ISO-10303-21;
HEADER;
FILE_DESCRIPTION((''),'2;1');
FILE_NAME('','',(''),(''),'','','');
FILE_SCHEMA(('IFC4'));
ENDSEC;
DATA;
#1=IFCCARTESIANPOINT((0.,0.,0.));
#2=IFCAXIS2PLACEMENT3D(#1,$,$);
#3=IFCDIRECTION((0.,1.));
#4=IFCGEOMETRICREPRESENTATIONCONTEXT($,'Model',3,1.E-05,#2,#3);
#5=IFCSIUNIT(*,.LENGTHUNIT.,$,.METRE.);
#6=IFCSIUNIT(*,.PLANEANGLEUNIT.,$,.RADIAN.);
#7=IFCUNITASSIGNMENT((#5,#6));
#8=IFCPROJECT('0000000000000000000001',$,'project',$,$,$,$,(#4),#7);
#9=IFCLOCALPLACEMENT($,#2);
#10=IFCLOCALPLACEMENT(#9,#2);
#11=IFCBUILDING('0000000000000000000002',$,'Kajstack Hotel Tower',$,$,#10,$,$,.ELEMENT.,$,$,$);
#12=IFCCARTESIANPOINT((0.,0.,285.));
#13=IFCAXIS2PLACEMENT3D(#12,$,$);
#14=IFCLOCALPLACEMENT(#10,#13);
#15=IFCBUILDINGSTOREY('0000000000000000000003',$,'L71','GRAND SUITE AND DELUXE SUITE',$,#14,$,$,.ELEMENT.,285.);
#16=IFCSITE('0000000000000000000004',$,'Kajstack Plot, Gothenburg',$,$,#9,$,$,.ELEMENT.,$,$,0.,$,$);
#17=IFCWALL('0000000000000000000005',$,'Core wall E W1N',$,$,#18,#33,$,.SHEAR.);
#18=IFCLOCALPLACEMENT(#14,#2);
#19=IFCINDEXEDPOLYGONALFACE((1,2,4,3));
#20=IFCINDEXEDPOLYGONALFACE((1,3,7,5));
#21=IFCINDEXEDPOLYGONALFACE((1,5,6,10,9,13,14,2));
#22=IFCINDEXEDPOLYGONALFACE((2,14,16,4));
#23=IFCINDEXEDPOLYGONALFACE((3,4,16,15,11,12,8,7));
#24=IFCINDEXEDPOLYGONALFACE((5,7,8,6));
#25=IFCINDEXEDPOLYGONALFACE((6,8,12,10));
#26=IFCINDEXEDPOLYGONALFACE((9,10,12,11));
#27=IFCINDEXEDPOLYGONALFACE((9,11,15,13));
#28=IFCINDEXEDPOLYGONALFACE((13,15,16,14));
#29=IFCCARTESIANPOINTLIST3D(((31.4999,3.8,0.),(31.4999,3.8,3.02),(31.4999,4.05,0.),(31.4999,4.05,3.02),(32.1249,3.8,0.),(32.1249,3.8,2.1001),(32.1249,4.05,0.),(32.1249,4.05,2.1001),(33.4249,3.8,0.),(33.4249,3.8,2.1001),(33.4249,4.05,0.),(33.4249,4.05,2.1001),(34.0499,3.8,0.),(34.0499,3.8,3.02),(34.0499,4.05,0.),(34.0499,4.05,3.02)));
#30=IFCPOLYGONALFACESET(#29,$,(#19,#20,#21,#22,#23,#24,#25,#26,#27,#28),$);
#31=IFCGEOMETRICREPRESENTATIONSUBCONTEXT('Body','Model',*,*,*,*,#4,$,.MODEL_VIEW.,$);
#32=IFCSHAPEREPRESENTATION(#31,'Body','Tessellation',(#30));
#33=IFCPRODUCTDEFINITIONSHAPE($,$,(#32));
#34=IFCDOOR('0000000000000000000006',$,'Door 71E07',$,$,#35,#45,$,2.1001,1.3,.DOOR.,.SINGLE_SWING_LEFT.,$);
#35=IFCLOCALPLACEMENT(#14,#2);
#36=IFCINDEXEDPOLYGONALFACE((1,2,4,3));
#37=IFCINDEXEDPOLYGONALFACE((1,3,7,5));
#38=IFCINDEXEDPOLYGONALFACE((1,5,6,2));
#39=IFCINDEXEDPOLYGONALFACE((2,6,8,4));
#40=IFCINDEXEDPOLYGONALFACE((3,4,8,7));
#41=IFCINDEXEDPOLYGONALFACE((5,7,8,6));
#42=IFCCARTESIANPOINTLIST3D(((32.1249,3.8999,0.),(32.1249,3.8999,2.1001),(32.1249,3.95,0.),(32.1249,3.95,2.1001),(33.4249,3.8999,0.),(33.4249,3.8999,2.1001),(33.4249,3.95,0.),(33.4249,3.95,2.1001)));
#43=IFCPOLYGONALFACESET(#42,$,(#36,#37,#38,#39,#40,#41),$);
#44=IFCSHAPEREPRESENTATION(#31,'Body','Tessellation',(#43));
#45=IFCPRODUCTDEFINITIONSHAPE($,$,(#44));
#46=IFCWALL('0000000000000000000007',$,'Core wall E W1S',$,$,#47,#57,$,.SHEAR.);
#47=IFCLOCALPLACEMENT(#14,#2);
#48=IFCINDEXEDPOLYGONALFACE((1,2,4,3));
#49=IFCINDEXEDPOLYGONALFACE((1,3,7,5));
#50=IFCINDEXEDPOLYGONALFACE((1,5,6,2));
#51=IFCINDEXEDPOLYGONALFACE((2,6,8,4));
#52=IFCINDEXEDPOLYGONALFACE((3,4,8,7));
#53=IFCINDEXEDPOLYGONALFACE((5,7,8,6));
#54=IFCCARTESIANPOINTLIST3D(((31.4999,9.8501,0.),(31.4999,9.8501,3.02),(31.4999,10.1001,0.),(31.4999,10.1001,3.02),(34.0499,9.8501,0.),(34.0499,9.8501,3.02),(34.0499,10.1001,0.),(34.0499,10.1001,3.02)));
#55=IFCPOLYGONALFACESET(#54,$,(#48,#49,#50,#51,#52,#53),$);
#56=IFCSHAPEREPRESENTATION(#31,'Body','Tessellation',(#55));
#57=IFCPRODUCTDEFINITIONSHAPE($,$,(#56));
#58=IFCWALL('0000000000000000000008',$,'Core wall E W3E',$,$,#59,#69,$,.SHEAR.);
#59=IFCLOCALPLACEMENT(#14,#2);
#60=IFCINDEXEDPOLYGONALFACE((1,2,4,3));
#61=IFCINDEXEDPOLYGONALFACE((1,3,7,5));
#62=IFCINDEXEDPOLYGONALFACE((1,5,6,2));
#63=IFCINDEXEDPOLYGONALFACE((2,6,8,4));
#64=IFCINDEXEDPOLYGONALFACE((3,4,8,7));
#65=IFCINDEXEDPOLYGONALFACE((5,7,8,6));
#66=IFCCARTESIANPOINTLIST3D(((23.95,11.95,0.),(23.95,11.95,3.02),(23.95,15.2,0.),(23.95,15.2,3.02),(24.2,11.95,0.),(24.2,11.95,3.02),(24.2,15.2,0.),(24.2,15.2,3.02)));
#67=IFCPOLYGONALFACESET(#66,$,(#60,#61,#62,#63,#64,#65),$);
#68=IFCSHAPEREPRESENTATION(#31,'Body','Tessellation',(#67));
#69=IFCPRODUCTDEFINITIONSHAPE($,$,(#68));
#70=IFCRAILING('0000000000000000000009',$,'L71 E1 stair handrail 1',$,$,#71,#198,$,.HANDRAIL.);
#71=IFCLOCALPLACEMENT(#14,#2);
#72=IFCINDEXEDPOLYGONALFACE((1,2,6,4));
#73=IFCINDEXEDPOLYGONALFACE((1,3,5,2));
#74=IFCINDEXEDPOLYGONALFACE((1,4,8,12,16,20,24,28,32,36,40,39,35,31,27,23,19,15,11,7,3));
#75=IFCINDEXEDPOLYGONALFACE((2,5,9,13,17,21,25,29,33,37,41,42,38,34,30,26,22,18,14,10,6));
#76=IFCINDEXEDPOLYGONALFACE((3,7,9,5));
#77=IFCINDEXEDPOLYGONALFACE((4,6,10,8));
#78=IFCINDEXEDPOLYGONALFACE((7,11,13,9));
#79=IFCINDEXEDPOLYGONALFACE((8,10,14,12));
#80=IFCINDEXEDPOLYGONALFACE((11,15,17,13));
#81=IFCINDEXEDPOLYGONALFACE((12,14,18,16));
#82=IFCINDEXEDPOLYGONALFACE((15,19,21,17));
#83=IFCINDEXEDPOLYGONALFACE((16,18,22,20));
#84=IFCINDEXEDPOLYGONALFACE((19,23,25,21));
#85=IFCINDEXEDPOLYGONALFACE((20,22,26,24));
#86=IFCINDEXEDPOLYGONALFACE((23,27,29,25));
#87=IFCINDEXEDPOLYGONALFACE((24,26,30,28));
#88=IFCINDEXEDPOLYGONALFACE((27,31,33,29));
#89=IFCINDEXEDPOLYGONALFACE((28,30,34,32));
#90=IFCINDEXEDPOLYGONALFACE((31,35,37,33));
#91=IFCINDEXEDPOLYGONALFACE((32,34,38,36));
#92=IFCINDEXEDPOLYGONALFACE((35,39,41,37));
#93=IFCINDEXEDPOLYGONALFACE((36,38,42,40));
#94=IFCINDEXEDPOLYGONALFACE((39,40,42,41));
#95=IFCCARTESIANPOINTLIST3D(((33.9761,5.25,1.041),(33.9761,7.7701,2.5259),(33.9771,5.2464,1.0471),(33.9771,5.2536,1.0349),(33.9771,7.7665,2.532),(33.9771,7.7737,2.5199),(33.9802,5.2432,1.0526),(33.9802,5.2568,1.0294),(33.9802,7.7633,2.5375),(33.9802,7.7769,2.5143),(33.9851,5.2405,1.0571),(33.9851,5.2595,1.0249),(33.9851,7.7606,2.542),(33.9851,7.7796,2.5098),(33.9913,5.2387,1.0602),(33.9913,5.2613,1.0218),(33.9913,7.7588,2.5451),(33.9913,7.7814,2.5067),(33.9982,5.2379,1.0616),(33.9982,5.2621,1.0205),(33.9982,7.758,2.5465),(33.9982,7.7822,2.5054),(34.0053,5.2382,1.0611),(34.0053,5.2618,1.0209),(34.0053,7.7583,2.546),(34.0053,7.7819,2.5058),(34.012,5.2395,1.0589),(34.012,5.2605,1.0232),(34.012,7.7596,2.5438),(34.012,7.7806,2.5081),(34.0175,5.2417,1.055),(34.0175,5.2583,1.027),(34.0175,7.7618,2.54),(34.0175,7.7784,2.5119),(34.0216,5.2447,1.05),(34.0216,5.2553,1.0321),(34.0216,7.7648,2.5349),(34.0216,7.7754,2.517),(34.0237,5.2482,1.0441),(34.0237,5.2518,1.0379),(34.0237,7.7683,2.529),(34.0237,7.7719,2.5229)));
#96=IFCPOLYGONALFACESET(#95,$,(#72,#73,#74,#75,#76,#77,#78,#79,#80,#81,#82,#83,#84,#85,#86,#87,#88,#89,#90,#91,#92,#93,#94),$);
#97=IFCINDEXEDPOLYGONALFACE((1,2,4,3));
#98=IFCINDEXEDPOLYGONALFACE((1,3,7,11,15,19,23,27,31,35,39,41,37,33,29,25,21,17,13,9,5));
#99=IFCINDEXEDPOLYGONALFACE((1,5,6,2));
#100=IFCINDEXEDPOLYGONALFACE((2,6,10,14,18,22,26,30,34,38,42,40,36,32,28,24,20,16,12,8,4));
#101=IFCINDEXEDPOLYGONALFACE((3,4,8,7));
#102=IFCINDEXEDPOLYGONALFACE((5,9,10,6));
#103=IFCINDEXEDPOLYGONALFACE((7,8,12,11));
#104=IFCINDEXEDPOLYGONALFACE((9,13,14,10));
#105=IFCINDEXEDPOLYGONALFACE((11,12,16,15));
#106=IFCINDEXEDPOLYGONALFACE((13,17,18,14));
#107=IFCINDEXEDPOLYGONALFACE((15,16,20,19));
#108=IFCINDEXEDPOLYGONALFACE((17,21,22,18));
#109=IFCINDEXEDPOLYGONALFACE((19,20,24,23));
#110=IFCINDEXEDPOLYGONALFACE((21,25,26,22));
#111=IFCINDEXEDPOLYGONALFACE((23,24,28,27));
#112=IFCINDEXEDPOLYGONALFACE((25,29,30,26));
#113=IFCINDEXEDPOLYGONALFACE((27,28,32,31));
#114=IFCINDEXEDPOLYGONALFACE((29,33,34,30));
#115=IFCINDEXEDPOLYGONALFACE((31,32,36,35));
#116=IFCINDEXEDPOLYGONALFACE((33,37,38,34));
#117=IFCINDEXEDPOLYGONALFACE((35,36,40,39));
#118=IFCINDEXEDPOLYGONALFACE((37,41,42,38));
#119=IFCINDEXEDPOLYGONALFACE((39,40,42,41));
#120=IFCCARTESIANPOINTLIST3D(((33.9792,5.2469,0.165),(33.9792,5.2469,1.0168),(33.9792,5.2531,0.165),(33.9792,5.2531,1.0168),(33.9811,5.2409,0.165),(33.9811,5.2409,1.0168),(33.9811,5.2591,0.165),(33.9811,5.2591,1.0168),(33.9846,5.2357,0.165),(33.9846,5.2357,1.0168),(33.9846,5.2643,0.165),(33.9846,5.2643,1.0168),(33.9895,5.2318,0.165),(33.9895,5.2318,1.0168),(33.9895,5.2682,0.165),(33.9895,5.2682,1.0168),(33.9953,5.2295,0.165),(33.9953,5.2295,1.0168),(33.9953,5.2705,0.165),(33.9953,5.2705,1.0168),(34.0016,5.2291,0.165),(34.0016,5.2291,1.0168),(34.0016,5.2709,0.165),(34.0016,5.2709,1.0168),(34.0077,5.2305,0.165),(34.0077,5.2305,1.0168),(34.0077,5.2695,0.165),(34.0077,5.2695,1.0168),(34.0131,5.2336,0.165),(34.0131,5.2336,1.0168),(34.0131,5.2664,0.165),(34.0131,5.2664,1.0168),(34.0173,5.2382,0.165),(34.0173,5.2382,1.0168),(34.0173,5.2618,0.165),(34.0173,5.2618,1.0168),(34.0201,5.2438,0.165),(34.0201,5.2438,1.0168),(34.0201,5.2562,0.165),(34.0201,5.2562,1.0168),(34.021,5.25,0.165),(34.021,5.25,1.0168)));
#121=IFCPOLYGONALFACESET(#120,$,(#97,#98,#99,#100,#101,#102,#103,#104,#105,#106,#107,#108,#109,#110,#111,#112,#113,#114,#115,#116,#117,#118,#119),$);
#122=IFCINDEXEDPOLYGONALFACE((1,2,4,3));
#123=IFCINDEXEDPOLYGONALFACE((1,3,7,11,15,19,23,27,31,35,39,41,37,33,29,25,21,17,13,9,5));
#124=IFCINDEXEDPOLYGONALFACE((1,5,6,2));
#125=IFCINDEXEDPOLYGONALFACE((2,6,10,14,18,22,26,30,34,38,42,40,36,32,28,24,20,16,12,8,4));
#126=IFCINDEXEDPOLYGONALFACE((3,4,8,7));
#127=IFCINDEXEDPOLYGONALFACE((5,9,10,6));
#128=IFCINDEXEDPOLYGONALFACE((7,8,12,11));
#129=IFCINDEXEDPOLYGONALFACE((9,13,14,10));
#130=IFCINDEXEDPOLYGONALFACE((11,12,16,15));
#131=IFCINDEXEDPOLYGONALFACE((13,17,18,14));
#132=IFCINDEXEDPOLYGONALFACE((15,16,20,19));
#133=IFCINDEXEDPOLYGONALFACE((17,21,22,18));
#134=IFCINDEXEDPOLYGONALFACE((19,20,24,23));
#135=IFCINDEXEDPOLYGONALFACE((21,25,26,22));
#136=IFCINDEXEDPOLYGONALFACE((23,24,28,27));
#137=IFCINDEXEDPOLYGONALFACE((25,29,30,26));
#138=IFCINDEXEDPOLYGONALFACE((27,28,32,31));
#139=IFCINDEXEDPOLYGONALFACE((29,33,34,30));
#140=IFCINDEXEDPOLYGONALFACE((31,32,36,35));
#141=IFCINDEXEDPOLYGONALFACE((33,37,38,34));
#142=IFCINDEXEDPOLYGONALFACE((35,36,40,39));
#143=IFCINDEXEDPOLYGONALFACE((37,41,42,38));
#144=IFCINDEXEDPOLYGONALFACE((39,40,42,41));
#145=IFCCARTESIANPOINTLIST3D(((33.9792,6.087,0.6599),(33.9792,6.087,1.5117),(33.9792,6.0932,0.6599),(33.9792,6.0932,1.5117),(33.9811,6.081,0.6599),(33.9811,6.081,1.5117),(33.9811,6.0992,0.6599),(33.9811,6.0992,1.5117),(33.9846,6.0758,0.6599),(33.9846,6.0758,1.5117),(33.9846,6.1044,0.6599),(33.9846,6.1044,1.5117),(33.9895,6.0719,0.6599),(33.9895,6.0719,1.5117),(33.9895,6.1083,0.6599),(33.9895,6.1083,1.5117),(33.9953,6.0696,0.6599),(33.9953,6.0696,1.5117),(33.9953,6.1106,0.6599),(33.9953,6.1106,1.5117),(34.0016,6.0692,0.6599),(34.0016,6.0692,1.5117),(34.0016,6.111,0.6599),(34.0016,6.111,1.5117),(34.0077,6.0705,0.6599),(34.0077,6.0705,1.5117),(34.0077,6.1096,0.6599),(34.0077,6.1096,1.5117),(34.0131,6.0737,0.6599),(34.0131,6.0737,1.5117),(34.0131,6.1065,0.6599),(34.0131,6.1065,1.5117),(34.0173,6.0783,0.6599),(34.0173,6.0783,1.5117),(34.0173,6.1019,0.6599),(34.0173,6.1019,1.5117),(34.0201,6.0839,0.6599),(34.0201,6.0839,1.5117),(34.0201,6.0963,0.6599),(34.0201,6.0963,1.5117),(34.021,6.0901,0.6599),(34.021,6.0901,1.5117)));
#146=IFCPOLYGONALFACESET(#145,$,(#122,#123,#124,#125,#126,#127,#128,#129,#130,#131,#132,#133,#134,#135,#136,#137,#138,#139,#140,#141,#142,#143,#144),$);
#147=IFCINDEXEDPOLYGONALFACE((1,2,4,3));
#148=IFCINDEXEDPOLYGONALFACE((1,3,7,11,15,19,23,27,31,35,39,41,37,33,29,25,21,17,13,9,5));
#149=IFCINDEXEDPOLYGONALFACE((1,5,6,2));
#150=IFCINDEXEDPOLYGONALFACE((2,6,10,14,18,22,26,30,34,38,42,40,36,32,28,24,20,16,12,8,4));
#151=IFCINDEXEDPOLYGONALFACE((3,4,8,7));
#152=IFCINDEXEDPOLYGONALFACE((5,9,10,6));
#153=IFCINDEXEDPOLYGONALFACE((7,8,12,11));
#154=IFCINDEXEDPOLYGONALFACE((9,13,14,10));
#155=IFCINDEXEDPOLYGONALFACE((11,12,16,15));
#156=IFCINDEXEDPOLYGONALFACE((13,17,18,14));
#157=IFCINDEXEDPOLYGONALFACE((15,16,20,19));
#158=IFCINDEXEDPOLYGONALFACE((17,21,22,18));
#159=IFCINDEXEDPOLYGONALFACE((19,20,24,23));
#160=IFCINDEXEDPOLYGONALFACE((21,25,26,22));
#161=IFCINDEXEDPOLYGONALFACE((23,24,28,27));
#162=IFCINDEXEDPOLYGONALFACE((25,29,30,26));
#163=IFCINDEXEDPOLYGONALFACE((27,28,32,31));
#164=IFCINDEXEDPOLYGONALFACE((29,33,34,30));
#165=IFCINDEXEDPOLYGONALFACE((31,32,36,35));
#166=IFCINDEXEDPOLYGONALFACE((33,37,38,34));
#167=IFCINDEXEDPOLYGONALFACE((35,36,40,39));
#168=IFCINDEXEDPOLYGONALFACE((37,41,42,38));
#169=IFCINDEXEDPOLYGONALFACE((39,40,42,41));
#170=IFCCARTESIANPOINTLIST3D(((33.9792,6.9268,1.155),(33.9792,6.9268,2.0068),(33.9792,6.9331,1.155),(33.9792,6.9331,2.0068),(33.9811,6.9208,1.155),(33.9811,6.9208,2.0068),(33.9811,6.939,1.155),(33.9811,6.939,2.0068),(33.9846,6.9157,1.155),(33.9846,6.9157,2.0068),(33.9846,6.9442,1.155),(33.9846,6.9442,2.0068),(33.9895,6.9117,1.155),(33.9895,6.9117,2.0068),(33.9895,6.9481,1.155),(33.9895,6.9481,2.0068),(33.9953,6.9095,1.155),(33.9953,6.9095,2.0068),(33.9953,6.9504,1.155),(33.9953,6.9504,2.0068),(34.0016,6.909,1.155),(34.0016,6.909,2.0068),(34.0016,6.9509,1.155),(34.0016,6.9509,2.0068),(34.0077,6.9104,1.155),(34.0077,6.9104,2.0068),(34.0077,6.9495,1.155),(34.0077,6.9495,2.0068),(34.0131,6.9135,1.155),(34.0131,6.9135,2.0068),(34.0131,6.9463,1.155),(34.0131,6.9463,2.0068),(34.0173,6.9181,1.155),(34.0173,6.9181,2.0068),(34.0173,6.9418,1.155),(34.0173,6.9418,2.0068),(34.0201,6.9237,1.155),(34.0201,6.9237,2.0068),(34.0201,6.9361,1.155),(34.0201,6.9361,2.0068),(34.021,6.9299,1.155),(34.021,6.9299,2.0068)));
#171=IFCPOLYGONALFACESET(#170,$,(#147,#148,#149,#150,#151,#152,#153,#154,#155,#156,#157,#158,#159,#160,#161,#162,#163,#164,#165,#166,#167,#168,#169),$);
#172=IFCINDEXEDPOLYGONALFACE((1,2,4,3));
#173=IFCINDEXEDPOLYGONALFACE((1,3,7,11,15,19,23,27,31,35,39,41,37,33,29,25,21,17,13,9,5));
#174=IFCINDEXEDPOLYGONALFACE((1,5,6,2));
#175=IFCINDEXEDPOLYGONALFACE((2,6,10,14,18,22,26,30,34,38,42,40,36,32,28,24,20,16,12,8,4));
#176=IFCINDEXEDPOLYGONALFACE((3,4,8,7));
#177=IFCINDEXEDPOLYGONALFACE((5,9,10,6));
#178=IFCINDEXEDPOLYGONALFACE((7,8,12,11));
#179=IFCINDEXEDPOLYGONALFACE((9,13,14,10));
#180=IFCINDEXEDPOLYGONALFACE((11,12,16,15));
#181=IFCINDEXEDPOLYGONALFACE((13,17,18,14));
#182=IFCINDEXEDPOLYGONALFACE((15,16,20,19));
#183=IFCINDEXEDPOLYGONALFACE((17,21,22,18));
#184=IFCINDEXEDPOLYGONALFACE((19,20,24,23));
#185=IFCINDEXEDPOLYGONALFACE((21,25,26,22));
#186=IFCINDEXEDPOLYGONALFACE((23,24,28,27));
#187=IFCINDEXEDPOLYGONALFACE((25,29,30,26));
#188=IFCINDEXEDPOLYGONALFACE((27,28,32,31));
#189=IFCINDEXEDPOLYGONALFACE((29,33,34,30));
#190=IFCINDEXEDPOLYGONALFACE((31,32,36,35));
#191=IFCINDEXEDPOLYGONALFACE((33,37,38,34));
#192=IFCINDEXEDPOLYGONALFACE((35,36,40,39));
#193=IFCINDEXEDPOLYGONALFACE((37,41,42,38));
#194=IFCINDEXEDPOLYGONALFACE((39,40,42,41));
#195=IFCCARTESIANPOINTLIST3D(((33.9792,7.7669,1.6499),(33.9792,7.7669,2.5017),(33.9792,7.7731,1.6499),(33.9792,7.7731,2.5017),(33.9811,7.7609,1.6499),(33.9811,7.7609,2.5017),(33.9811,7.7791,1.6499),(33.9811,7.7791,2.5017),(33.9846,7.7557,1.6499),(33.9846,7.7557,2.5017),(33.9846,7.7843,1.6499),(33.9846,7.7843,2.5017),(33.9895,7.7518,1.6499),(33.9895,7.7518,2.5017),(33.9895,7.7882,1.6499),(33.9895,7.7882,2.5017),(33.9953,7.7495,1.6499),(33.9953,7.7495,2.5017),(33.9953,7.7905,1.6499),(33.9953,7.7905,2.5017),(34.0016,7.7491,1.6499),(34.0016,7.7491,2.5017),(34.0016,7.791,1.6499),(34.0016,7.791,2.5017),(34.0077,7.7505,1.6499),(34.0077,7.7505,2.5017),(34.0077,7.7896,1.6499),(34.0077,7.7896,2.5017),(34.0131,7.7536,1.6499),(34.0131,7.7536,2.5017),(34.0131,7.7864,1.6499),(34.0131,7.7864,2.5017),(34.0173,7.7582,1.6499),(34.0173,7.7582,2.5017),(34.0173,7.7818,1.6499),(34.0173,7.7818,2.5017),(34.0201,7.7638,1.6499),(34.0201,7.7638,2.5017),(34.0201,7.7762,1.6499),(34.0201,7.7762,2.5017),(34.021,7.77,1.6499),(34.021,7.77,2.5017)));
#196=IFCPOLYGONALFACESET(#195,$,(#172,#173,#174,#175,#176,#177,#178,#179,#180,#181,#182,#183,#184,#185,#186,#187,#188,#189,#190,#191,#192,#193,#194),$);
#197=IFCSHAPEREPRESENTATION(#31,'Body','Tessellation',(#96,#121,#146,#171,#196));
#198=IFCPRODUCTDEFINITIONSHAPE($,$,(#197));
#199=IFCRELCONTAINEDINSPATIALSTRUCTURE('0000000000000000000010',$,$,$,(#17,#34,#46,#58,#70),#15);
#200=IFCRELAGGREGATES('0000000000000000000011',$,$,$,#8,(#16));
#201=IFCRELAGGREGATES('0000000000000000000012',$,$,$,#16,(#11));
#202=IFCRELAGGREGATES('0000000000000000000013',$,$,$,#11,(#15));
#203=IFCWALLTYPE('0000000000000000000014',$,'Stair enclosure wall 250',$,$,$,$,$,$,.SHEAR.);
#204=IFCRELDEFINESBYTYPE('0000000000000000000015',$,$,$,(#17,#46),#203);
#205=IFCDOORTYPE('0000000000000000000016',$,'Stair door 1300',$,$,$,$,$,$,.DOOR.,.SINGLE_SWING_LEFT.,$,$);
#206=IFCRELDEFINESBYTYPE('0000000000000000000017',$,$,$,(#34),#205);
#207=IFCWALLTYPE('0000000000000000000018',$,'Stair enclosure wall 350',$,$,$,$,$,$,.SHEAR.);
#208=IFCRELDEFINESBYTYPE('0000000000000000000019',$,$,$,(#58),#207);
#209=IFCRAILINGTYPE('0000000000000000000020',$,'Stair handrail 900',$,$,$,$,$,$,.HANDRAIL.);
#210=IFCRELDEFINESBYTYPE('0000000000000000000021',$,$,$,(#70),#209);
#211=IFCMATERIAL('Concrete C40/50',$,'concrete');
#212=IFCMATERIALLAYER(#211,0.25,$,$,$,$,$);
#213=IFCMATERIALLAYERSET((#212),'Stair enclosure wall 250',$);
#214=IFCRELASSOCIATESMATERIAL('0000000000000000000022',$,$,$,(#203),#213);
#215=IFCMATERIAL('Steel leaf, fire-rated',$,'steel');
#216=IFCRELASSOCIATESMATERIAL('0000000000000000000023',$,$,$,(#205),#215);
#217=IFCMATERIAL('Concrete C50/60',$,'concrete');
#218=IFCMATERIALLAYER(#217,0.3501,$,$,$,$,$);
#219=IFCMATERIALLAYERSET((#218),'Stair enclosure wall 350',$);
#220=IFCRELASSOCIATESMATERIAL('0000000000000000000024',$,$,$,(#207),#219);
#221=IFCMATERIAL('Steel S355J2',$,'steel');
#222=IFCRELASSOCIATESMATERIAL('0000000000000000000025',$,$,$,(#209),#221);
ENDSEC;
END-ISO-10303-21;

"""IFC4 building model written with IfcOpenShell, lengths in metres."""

from ifc_helpers import new_model, si_unit, direction, frame, frame_2d, origin, origin_2d, place, context, subcontext, project, spatial, rectangle, circle, extrude, material, layer, layer_set, type_object, element, fill, save


model = new_model("IFC4")

# Units and contexts
model_context = context("Model", 3, precision=1e-05, world=origin(), true_north=direction((0.0, 1.0)))
body_context = subcontext(model_context, "Body", "Model", "MODEL_VIEW")
ifc_project = project(units=[si_unit("LENGTHUNIT", "METRE"), si_unit("PLANEANGLEUNIT", "RADIAN")], contexts=[model_context])

# Site, building, storey
site_placement = place(None, origin())
site = spatial("IfcSite", under=ifc_project, at=site_placement, Name="Kajstack Plot, Gothenburg", CompositionType="ELEMENT", RefElevation=0.0)
building_placement = place(site_placement, origin())
building = spatial("IfcBuilding", under=site, at=building_placement, Name="Kajstack Hotel Tower", CompositionType="ELEMENT")
storey_placement = place(building_placement, frame((0.0, 0.0, 285.0)))
storey = spatial("IfcBuildingStorey", under=building, at=storey_placement, Name="L71", Description="GRAND SUITE AND DELUXE SUITE", CompositionType="ELEMENT", Elevation=285.0)

# Shared definitions
ifc_material_1 = material(Name="Concrete C40/50", Category="concrete")
ifc_material_2 = material(Name="Concrete C50/60", Category="concrete")

# Wall, opening, door
ifc_layer_1 = layer(ifc_material_1, 0.25)
ifc_layer_set_1 = layer_set([ifc_layer_1], Name="Stair enclosure wall 250")
wall_type_1 = type_object("IfcWallType", Name="Stair enclosure wall 250", PredefinedType="SHEAR", material=ifc_layer_set_1)
wall_1_placement = place(storey_placement, frame((31.5, 3.925, 0.0), z_axis=(0.0, 0.0, 1.0), x_axis=(1.0, 0.0, 0.0)))
wall_1 = element("IfcWall", 1, at=wall_1_placement, inside=storey, type_object=wall_type_1, Name="Core wall E W1N", PredefinedType="SHEAR", context=body_context, shape_type="SweptSolid", body=[
    extrude(rectangle(XDim=2.55, YDim=0.25, at=frame_2d((1.2749, 0.0))), origin(), (0.0, 0.0, 1.0), 3.02),
])
opening_1_placement = place(wall_1_placement, frame((0.625, 0.0, 0.0)))
opening_1 = element("IfcOpeningElement", 2, at=opening_1_placement, cuts=wall_1, PredefinedType="OPENING", context=body_context, shape_type="SweptSolid", body=[
    extrude(rectangle(XDim=1.3, YDim=2.1001, at=frame_2d((0.6499, 1.05))), frame((0.0, 0.135, 0.0), z_axis=(0.0, -1.0, 0.0), x_axis=(1.0, 0.0, 0.0)), (0.0, 0.0, 1.0), 0.27),
])
ifc_material_3 = material(Name="Steel leaf, fire-rated", Category="steel")
door_type_1 = type_object("IfcDoorType", Name="Stair door 1300", OperationType="SINGLE_SWING_LEFT", PredefinedType="DOOR", material=ifc_material_3)
door_1_placement = place(opening_1_placement, origin())
door_1 = element("IfcDoor", 3, at=door_1_placement, inside=storey, type_object=door_type_1, Name="Door 71E07", OperationType="SINGLE_SWING_LEFT", OverallHeight=2.1001, OverallWidth=1.3, PredefinedType="DOOR", context=body_context, shape_type="SweptSolid", body=[
    extrude(rectangle(XDim=1.3, YDim=2.1001, at=frame_2d((0.6499, 1.05))), frame((0.0, 0.0249, 0.0), z_axis=(0.0, -1.0, 0.0), x_axis=(1.0, 0.0, 0.0)), (0.0, 0.0, 1.0), 0.05),
])
fill(opening_1, door_1)

# Walls
wall_2_placement = place(storey_placement, frame((31.5, 9.9751, 0.0), z_axis=(0.0, 0.0, 1.0), x_axis=(1.0, 0.0, 0.0)))
element("IfcWall", 4, at=wall_2_placement, inside=storey, type_object=wall_type_1, Name="Core wall E W1S", PredefinedType="SHEAR", context=body_context, shape_type="SweptSolid", body=[
    extrude(rectangle(XDim=2.55, YDim=0.25, at=frame_2d((1.2749, 0.0))), origin(), (0.0, 0.0, 1.0), 3.02),
])
ifc_layer_2 = layer(ifc_material_2, 0.3501)
ifc_layer_set_2 = layer_set([ifc_layer_2], Name="Stair enclosure wall 350")
wall_type_2 = type_object("IfcWallType", Name="Stair enclosure wall 350", PredefinedType="SHEAR", material=ifc_layer_set_2)
wall_3_placement = place(storey_placement, frame((24.075, 11.95, 0.0), z_axis=(0.0, 0.0, 1.0), x_axis=(0.0, 1.0, 0.0)))
element("IfcWall", 5, at=wall_3_placement, inside=storey, type_object=wall_type_2, Name="Core wall E W3E", PredefinedType="SHEAR", context=body_context, shape_type="SweptSolid", body=[
    extrude(rectangle(XDim=3.25, YDim=0.25, at=frame_2d((1.625, 0.0))), origin(), (0.0, 0.0, 1.0), 3.02),
])

# Railing
ifc_material_4 = material(Name="Steel S355J2", Category="steel")
railing_type_1 = type_object("IfcRailingType", Name="Stair handrail 900", PredefinedType="HANDRAIL", material=ifc_material_4)
railing_1_placement = place(storey_placement, frame((34.0, 5.25, 0.165)))
element("IfcRailing", 6, at=railing_1_placement, inside=storey, type_object=railing_type_1, Name="L71 E1 stair handrail 1", PredefinedType="HANDRAIL", context=body_context, shape_type="SweptSolid", body=[
    extrude(circle(Radius=0.0239, at=origin_2d()), frame((0.0, 0.0, 0.876), z_axis=(0.0, 0.861561, 0.507655), x_axis=(-1.0, 0.0, 0.0)), (0.0, 0.0, 1.0), 2.925),
    extrude(circle(Radius=0.021, at=origin_2d()), origin(), (0.0, 0.0, 1.0), 0.8518),
    extrude(circle(Radius=0.021, at=origin_2d()), frame((0.0, 0.8401, 0.4949)), (0.0, 0.0, 1.0), 0.8518),
    extrude(circle(Radius=0.021, at=origin_2d()), frame((0.0, 1.6799, 0.99)), (0.0, 0.0, 1.0), 0.8518),
    extrude(circle(Radius=0.021, at=origin_2d()), frame((0.0, 2.52, 1.4849)), (0.0, 0.0, 1.0), 0.8518),
])

save(model, "model.ifc")
